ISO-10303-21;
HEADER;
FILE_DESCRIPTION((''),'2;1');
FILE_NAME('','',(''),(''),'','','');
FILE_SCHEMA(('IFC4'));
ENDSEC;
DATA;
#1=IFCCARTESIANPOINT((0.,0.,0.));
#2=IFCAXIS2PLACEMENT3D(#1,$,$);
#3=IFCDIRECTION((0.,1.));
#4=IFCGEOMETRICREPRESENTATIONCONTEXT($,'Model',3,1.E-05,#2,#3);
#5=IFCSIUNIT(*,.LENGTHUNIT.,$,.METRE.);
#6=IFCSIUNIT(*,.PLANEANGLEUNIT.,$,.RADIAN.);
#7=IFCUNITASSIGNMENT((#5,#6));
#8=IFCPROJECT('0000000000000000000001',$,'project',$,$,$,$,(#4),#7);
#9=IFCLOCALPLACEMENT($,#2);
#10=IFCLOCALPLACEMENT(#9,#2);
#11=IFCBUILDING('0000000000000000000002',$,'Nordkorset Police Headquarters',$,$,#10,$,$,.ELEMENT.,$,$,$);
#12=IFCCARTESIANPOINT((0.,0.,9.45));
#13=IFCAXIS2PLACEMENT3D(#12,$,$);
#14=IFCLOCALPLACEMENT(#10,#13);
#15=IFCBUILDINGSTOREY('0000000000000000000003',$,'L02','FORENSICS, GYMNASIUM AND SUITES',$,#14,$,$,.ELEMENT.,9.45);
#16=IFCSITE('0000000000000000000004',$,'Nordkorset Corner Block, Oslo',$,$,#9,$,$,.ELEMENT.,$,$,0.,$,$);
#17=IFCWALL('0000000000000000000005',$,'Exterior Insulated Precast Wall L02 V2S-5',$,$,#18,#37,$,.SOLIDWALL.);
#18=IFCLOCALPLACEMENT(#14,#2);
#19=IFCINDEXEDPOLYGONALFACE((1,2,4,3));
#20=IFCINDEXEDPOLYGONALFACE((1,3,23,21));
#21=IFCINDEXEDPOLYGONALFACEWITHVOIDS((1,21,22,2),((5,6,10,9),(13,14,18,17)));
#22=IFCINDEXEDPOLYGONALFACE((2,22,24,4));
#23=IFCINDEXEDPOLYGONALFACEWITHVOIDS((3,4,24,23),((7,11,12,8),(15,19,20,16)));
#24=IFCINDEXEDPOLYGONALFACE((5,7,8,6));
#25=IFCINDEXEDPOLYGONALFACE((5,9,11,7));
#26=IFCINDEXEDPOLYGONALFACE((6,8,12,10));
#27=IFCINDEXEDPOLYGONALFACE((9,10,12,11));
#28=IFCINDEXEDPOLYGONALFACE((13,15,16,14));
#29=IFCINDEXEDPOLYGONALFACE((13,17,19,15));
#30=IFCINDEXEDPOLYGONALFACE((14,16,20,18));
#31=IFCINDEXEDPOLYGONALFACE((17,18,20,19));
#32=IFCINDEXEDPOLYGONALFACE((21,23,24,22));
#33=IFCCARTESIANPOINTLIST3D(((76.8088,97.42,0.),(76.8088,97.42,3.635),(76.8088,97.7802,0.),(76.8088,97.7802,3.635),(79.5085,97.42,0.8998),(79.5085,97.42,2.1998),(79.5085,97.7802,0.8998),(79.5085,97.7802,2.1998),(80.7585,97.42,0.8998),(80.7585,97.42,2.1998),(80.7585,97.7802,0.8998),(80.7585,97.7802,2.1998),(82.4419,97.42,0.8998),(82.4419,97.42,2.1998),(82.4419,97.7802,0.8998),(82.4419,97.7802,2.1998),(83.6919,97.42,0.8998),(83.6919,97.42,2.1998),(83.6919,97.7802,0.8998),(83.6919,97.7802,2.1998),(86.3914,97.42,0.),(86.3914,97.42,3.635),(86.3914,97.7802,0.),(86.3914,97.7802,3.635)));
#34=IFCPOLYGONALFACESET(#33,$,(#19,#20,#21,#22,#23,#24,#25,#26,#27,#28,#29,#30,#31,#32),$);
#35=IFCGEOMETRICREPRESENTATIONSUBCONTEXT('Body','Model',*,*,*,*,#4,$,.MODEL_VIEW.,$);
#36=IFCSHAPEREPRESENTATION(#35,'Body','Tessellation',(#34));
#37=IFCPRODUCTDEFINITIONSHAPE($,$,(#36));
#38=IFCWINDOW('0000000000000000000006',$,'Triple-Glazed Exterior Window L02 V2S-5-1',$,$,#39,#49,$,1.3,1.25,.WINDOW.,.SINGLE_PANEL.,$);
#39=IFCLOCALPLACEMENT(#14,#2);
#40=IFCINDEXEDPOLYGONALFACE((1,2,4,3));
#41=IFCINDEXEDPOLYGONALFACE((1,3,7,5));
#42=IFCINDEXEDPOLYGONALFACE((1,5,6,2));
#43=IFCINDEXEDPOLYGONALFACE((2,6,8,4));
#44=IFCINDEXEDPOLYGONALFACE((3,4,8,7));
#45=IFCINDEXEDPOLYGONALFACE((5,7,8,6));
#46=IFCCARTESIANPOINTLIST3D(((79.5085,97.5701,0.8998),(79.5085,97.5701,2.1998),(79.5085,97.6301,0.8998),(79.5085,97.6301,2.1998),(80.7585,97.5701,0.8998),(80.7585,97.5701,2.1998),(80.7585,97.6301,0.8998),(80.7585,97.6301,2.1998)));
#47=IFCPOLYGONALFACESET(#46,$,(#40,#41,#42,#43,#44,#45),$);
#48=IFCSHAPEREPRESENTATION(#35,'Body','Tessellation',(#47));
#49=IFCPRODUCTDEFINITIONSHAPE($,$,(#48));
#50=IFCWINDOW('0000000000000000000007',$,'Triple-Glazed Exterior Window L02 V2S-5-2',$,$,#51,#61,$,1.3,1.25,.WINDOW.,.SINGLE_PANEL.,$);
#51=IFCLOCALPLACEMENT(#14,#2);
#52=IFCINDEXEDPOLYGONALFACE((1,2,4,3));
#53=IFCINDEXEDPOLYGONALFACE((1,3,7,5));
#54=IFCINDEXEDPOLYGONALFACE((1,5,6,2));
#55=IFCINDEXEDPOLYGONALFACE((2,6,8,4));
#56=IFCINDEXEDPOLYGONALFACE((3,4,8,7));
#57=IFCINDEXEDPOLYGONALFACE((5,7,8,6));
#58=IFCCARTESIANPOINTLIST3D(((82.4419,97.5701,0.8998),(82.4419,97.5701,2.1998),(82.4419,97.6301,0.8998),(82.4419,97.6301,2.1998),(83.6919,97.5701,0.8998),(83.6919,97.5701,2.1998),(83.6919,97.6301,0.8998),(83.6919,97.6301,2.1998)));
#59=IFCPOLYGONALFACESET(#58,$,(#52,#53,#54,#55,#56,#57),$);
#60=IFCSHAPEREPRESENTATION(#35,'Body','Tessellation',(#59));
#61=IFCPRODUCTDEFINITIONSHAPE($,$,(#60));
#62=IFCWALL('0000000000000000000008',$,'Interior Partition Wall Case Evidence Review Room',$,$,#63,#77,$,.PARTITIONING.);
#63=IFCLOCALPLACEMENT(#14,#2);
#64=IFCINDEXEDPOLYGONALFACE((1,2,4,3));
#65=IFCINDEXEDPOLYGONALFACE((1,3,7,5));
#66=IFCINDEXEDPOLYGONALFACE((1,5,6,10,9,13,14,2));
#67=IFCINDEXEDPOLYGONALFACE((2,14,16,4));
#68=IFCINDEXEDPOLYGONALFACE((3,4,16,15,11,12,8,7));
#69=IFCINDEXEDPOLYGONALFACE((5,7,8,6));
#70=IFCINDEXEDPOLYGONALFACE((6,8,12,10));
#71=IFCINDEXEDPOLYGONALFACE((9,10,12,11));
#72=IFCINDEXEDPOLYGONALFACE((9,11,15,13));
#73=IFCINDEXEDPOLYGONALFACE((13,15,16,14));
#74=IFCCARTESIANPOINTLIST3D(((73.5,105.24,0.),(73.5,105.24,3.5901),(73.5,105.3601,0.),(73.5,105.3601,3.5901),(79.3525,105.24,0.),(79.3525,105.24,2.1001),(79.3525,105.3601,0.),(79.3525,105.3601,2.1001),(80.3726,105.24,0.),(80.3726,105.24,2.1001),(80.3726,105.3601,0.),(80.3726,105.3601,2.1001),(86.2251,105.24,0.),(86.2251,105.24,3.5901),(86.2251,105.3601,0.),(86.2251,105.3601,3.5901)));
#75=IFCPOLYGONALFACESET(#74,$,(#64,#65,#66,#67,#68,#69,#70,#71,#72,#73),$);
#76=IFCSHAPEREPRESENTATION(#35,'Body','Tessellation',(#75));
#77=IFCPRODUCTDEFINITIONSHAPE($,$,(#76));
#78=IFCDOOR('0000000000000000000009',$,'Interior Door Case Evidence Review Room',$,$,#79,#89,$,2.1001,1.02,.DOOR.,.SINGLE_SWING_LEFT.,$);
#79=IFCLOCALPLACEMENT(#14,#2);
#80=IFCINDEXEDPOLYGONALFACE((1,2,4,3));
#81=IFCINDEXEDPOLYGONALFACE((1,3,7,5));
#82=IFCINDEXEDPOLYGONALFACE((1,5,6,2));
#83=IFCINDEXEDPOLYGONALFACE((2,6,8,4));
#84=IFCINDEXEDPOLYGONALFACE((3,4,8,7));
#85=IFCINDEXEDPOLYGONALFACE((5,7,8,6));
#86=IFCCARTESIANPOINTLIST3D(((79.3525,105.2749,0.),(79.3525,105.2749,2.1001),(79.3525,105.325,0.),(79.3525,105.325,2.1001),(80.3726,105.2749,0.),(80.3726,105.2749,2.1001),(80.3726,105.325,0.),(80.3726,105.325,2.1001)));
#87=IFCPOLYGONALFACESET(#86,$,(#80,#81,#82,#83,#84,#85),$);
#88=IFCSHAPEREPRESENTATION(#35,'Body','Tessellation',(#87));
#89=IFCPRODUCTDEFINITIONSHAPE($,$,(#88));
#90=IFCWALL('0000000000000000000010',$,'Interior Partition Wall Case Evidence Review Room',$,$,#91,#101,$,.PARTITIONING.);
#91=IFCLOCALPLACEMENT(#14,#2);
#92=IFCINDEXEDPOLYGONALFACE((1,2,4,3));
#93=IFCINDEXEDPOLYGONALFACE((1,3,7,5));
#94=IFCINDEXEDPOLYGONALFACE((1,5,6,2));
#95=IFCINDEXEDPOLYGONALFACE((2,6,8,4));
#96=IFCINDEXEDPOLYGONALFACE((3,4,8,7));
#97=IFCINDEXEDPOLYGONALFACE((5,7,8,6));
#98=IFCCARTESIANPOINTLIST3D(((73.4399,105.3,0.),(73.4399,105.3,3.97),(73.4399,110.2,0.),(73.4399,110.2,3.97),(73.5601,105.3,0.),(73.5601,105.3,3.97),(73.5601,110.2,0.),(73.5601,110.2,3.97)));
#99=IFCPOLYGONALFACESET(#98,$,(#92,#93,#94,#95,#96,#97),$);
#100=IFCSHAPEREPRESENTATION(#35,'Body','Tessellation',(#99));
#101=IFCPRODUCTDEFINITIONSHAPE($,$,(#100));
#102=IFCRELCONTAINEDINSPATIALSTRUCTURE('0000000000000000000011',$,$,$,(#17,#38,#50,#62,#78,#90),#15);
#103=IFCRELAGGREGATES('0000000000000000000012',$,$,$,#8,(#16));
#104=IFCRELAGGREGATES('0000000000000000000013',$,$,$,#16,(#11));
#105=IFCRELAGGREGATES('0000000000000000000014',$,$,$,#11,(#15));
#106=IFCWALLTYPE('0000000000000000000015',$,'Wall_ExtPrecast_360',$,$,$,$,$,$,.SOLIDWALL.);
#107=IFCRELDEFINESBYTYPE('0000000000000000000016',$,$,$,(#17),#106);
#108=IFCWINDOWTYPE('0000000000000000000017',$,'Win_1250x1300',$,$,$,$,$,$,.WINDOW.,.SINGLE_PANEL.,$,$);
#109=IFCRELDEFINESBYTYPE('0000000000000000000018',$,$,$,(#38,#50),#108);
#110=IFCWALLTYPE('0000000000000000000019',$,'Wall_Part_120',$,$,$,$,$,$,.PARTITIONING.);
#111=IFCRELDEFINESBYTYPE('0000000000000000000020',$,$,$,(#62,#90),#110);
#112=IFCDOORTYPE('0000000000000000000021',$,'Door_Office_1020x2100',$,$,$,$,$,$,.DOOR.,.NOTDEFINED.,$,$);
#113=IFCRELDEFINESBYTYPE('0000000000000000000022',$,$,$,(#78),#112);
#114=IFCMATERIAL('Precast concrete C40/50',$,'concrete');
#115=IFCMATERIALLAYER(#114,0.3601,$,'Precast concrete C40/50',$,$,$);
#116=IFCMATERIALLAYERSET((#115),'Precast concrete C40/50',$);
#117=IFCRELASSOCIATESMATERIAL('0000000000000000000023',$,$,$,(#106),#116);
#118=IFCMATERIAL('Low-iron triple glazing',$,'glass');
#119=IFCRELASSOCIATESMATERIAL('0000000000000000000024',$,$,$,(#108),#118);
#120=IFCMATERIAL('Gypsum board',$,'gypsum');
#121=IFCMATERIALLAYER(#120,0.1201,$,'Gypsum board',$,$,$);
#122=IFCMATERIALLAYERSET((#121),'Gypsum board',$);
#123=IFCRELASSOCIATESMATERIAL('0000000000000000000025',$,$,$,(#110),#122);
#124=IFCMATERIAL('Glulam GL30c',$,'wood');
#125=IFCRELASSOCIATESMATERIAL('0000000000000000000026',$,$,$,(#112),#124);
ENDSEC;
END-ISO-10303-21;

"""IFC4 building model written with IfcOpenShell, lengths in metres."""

from ifc_helpers import new_model, si_unit, direction, frame, frame_2d, origin, place, context, subcontext, project, spatial, rectangle, extrude, material, layer, layer_set, type_object, element, fill, save


model = new_model("IFC4")

# Units and contexts
model_context = context("Model", 3, precision=1e-05, world=origin(), true_north=direction((0.0, 1.0)))
body_context = subcontext(model_context, "Body", "Model", "MODEL_VIEW")
ifc_project = project(units=[si_unit("LENGTHUNIT", "METRE"), si_unit("PLANEANGLEUNIT", "RADIAN")], contexts=[model_context])

# Site, building, storey
site_placement = place(None, origin())
site = spatial("IfcSite", under=ifc_project, at=site_placement, Name="Nordkorset Corner Block, Oslo", CompositionType="ELEMENT", RefElevation=0.0)
building_placement = place(site_placement, origin())
building = spatial("IfcBuilding", under=site, at=building_placement, Name="Nordkorset Police Headquarters", CompositionType="ELEMENT")
storey_placement = place(building_placement, frame((0.0, 0.0, 9.45)))
storey = spatial("IfcBuildingStorey", under=building, at=storey_placement, Name="L02", Description="FORENSICS, GYMNASIUM AND SUITES", CompositionType="ELEMENT", Elevation=9.45)

# Wall, openings, windows
ifc_material_1 = material(Name="Precast concrete C40/50", Category="concrete")
ifc_layer_1 = layer(ifc_material_1, 0.3601, Name="Precast concrete C40/50")
ifc_layer_set_1 = layer_set([ifc_layer_1], Name="Precast concrete C40/50")
wall_type_1 = type_object("IfcWallType", Name="Wall_ExtPrecast_360", PredefinedType="SOLIDWALL", material=ifc_layer_set_1)
wall_1_placement = place(storey_placement, frame((76.8088, 97.6001, 0.0), z_axis=(0.0, 0.0, 1.0), x_axis=(1.0, 0.0, 0.0)))
wall_1 = element("IfcWall", 1, at=wall_1_placement, inside=storey, type_object=wall_type_1, Name="Exterior Insulated Precast Wall L02 V2S-5", PredefinedType="SOLIDWALL", context=body_context, shape_type="SweptSolid", body=[
    extrude(rectangle(XDim=9.5825, YDim=0.3601, at=frame_2d((4.7913, 0.0))), origin(), (0.0, 0.0, 1.0), 3.635),
])
opening_1_placement = place(wall_1_placement, frame((2.6997, 0.0, 0.8999)))
opening_1 = element("IfcOpeningElement", 2, at=opening_1_placement, cuts=wall_1, PredefinedType="OPENING", context=body_context, shape_type="SweptSolid", body=[
    extrude(rectangle(XDim=1.25, YDim=1.3, at=frame_2d((0.625, 0.6499))), frame((0.0, 0.1899, 0.0), z_axis=(0.0, -1.0, 0.0), x_axis=(1.0, 0.0, 0.0)), (0.0, 0.0, 1.0), 0.3801),
])
opening_2_placement = place(wall_1_placement, frame((5.6331, 0.0, 0.8999)))
opening_2 = element("IfcOpeningElement", 3, at=opening_2_placement, cuts=wall_1, PredefinedType="OPENING", context=body_context, shape_type="SweptSolid", body=[
    extrude(rectangle(XDim=1.25, YDim=1.3, at=frame_2d((0.625, 0.6499))), frame((0.0, 0.1899, 0.0), z_axis=(0.0, -1.0, 0.0), x_axis=(1.0, 0.0, 0.0)), (0.0, 0.0, 1.0), 0.3801),
])
ifc_material_2 = material(Name="Low-iron triple glazing", Category="glass")
window_type = type_object("IfcWindowType", Name="Win_1250x1300", PartitioningType="SINGLE_PANEL", PredefinedType="WINDOW", material=ifc_material_2)
window_1_placement = place(opening_1_placement, origin())
window_1 = element("IfcWindow", 4, at=window_1_placement, inside=storey, type_object=window_type, Name="Triple-Glazed Exterior Window L02 V2S-5-1", OverallHeight=1.3, OverallWidth=1.25, PartitioningType="SINGLE_PANEL", PredefinedType="WINDOW", context=body_context, shape_type="SweptSolid", body=[
    extrude(rectangle(XDim=1.25, YDim=1.3, at=frame_2d((0.625, 0.6499))), frame((0.0, 0.03, 0.0), z_axis=(0.0, -1.0, 0.0), x_axis=(1.0, 0.0, 0.0)), (0.0, 0.0, 1.0), 0.0601),
])
fill(opening_1, window_1)
window_2_placement = place(opening_2_placement, origin())
window_2 = element("IfcWindow", 5, at=window_2_placement, inside=storey, type_object=window_type, Name="Triple-Glazed Exterior Window L02 V2S-5-2", OverallHeight=1.3, OverallWidth=1.25, PartitioningType="SINGLE_PANEL", PredefinedType="WINDOW", context=body_context, shape_type="SweptSolid", body=[
    extrude(rectangle(XDim=1.25, YDim=1.3, at=frame_2d((0.625, 0.6499))), frame((0.0, 0.03, 0.0), z_axis=(0.0, -1.0, 0.0), x_axis=(1.0, 0.0, 0.0)), (0.0, 0.0, 1.0), 0.0601),
])
fill(opening_2, window_2)

# Wall, opening, door
ifc_material_3 = material(Name="Gypsum board", Category="gypsum")
ifc_layer_2 = layer(ifc_material_3, 0.1201, Name="Gypsum board")
ifc_layer_set_2 = layer_set([ifc_layer_2], Name="Gypsum board")
wall_type_2 = type_object("IfcWallType", Name="Wall_Part_120", PredefinedType="PARTITIONING", material=ifc_layer_set_2)
wall_2_placement = place(storey_placement, frame((73.5, 105.3, 0.0), z_axis=(0.0, 0.0, 1.0), x_axis=(1.0, 0.0, 0.0)))
wall_2 = element("IfcWall", 6, at=wall_2_placement, inside=storey, type_object=wall_type_2, Name="Interior Partition Wall Case Evidence Review Room", PredefinedType="PARTITIONING", context=body_context, shape_type="SweptSolid", body=[
    extrude(rectangle(XDim=12.7251, YDim=0.1201, at=frame_2d((6.3625, 0.0))), origin(), (0.0, 0.0, 1.0), 3.5901),
])
opening_3_placement = place(wall_2_placement, frame((5.8525, 0.0, 0.0)))
opening_3 = element("IfcOpeningElement", 7, at=opening_3_placement, cuts=wall_2, PredefinedType="OPENING", context=body_context, shape_type="SweptSolid", body=[
    extrude(rectangle(XDim=1.02, YDim=2.1001, at=frame_2d((0.51, 1.05))), frame((0.0, 0.0701, 0.0), z_axis=(0.0, -1.0, 0.0), x_axis=(1.0, 0.0, 0.0)), (0.0, 0.0, 1.0), 0.1401),
])
ifc_material_4 = material(Name="Glulam GL30c", Category="wood")
door_type = type_object("IfcDoorType", Name="Door_Office_1020x2100", OperationType="NOTDEFINED", PredefinedType="DOOR", material=ifc_material_4)
door_placement = place(opening_3_placement, origin())
door = element("IfcDoor", 8, at=door_placement, inside=storey, type_object=door_type, Name="Interior Door Case Evidence Review Room", OperationType="SINGLE_SWING_LEFT", OverallHeight=2.1001, OverallWidth=1.02, PredefinedType="DOOR", context=body_context, shape_type="SweptSolid", body=[
    extrude(rectangle(XDim=1.02, YDim=2.1001, at=frame_2d((0.51, 1.05))), frame((0.0, 0.0249, 0.0), z_axis=(0.0, -1.0, 0.0), x_axis=(1.0, 0.0, 0.0)), (0.0, 0.0, 1.0), 0.05),
])
fill(opening_3, door)

# Wall
wall_3_placement = place(storey_placement, frame((73.5, 110.2, 0.0), z_axis=(0.0, 0.0, 1.0), x_axis=(0.0, -1.0, 0.0)))
element("IfcWall", 9, at=wall_3_placement, inside=storey, type_object=wall_type_2, Name="Interior Partition Wall Case Evidence Review Room", PredefinedType="PARTITIONING", context=body_context, shape_type="SweptSolid", body=[
    extrude(rectangle(XDim=4.8999, YDim=0.1201, at=frame_2d((2.45, 0.0))), origin(), (0.0, 0.0, 1.0), 3.97),
])

save(model, "model.ifc")
